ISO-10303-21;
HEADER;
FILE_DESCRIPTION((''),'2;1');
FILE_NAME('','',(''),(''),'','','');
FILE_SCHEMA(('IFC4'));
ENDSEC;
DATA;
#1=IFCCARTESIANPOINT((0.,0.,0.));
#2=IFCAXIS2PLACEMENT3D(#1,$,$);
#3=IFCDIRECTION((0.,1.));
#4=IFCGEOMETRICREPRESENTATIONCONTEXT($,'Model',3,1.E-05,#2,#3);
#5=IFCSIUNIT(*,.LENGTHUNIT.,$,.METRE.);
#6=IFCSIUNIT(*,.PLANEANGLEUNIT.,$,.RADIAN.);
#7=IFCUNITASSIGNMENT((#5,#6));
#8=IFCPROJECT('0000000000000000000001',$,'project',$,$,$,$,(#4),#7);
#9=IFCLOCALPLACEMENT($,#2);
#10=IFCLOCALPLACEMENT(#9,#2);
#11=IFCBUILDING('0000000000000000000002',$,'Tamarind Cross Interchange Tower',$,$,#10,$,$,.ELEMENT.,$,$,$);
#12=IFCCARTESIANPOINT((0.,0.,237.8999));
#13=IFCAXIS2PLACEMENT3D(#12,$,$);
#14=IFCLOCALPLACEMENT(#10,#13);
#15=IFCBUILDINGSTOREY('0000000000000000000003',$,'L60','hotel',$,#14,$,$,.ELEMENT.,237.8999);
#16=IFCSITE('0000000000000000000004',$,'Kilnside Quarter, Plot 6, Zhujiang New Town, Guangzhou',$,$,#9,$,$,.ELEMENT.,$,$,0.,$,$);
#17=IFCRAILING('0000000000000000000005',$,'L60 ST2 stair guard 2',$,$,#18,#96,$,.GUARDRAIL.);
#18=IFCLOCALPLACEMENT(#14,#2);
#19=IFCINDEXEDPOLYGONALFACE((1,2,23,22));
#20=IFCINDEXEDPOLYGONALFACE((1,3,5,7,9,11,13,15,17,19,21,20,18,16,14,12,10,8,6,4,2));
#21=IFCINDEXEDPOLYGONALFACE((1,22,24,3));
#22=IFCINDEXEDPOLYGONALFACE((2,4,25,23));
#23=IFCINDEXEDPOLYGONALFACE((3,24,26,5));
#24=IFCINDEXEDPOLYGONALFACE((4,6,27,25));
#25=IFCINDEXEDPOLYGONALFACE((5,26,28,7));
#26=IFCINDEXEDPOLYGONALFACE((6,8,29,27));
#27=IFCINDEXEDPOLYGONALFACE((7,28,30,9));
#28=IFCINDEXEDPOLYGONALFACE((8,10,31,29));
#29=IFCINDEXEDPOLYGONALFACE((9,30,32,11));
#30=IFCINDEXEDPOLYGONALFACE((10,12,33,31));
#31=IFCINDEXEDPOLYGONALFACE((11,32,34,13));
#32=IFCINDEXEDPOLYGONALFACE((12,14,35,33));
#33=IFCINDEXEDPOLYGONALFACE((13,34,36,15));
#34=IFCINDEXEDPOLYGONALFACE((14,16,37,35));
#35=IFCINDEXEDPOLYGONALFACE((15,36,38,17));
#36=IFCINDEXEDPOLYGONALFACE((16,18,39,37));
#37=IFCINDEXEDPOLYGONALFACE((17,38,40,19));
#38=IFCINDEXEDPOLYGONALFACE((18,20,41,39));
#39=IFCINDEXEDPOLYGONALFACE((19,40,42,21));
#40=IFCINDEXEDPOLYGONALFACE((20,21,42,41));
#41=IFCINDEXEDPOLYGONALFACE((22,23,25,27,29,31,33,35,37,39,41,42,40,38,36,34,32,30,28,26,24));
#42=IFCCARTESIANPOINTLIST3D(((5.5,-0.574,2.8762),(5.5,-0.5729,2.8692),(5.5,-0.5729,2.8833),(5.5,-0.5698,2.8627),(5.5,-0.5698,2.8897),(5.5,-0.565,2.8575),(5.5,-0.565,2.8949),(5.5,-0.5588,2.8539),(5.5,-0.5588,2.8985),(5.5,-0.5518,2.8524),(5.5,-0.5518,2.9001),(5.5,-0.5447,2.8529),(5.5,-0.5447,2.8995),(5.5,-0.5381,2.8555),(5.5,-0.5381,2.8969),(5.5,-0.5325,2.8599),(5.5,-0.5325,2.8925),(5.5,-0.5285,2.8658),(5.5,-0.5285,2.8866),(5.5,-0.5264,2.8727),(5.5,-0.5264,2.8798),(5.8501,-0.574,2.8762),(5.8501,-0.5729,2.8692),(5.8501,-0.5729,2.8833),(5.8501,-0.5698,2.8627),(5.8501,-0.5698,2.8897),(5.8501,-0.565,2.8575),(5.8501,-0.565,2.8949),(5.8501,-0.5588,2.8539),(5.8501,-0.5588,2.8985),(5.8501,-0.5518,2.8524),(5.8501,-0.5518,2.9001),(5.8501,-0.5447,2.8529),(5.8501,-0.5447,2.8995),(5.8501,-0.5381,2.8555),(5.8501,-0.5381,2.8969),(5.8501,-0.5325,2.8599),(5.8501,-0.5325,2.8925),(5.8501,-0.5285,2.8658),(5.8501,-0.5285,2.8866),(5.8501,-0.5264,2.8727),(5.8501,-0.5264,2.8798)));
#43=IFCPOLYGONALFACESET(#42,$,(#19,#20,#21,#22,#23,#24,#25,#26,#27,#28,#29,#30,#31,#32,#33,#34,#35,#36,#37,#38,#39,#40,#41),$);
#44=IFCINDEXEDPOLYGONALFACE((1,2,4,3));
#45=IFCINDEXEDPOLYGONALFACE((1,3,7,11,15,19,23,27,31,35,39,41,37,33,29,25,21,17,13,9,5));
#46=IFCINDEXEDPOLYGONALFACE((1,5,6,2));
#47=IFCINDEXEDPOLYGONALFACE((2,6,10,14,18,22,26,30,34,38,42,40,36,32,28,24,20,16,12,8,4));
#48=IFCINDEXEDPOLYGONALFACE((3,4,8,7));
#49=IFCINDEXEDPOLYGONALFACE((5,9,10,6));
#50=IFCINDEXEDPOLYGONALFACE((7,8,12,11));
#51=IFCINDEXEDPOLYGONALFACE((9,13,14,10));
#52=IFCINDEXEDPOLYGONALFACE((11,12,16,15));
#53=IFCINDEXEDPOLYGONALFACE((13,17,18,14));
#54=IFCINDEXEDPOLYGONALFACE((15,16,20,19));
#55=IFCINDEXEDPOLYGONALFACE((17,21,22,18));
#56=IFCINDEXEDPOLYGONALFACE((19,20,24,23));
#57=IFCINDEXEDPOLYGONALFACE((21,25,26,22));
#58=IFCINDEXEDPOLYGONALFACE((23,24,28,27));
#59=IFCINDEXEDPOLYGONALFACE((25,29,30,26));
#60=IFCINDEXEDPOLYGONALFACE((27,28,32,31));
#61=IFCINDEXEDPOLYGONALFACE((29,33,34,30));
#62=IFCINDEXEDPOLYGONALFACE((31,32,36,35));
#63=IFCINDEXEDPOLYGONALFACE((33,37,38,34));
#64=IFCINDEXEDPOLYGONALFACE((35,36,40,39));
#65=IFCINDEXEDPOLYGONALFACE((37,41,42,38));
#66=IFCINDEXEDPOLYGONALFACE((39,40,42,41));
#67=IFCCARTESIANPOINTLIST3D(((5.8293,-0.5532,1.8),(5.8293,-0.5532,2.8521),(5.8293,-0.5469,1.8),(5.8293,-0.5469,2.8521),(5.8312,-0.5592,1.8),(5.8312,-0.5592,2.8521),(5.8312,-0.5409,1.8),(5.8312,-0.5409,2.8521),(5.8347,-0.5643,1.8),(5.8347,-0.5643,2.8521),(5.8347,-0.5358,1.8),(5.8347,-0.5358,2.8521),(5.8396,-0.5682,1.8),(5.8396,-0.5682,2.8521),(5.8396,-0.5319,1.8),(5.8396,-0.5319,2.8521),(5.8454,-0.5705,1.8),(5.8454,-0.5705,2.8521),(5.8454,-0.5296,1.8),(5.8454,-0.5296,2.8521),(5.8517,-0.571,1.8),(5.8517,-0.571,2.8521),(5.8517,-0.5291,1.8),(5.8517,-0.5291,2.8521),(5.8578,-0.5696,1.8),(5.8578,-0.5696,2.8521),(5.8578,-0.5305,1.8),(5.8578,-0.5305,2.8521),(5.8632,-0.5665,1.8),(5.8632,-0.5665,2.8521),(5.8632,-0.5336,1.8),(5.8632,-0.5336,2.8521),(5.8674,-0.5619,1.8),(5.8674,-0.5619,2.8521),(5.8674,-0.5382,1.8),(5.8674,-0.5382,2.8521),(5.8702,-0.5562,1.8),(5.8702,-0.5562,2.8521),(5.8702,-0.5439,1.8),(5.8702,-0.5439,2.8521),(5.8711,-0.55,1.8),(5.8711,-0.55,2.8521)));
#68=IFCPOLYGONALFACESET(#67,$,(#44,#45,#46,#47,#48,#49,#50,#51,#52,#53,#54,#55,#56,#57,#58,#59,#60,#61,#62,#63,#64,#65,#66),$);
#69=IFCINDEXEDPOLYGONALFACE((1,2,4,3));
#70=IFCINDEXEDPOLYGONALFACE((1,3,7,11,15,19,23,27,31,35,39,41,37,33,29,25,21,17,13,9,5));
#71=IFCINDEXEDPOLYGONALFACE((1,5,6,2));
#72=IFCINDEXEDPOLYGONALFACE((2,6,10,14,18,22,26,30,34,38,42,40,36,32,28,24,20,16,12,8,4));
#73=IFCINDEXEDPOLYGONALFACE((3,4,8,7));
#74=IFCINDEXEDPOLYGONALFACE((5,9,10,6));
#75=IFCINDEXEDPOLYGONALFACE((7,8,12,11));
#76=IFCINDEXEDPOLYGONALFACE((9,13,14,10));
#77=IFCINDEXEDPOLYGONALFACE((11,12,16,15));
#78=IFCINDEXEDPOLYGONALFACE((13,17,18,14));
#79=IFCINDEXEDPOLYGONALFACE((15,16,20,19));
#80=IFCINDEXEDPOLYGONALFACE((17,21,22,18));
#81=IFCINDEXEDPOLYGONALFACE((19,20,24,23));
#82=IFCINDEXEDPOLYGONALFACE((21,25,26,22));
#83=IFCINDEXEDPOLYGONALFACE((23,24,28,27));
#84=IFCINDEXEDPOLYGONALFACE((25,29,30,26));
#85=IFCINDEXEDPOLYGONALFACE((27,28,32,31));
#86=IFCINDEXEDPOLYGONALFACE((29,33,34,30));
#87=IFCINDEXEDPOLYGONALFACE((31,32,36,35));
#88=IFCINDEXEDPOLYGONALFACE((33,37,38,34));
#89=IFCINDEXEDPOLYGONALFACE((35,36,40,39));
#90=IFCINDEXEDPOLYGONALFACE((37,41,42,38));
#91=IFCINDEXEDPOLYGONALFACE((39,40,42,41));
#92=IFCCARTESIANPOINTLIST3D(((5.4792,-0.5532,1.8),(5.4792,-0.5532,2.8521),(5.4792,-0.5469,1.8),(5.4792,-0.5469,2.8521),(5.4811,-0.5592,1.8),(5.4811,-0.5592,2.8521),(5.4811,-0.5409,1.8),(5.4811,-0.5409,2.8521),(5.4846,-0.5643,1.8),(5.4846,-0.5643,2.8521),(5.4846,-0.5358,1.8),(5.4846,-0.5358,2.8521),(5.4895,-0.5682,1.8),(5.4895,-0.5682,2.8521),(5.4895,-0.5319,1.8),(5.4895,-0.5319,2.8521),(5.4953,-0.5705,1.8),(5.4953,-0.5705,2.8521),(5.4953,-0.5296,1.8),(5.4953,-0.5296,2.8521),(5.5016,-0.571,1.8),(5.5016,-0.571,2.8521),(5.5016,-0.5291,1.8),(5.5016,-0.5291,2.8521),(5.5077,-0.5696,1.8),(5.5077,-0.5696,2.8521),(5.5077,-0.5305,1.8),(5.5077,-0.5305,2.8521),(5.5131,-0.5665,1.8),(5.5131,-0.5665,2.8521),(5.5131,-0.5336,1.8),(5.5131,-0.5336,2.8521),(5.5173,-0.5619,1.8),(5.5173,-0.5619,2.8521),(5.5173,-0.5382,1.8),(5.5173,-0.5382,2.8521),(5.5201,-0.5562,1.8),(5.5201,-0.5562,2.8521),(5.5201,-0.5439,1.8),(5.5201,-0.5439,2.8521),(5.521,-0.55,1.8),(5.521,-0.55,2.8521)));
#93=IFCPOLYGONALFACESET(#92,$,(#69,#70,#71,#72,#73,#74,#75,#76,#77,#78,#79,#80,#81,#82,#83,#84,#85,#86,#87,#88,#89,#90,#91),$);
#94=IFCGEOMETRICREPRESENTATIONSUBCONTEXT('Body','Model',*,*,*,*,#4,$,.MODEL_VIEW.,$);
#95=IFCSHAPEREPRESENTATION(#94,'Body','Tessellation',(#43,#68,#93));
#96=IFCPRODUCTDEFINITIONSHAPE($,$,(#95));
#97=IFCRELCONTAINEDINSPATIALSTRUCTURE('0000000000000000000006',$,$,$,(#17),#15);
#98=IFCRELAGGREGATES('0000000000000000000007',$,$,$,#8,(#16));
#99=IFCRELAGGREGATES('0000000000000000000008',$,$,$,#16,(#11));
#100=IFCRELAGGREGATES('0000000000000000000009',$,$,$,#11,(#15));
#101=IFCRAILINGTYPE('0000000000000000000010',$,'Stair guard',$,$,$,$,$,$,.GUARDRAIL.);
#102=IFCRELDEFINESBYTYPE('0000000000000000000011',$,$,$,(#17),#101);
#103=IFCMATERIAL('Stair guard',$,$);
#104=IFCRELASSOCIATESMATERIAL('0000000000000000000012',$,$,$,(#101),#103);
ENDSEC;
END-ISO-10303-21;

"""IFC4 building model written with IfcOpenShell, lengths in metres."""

from ifc_helpers import new_model, si_unit, direction, frame, origin, origin_2d, place, context, subcontext, project, spatial, circle, extrude, material, type_object, element, save


model = new_model("IFC4")

# Units and contexts
model_context = context("Model", 3, precision=1e-05, world=origin(), true_north=direction((0.0, 1.0)))
body_context = subcontext(model_context, "Body", "Model", "MODEL_VIEW")
ifc_project = project(units=[si_unit("LENGTHUNIT", "METRE"), si_unit("PLANEANGLEUNIT", "RADIAN")], contexts=[model_context])

# Site, building, storey
site_placement = place(None, origin())
site = spatial("IfcSite", under=ifc_project, at=site_placement, Name="Kilnside Quarter, Plot 6, Zhujiang New Town, Guangzhou", CompositionType="ELEMENT", RefElevation=0.0)
building_placement = place(site_placement, origin())
building = spatial("IfcBuilding", under=site, at=building_placement, Name="Tamarind Cross Interchange Tower", CompositionType="ELEMENT")
storey_placement = place(building_placement, frame((0.0, 0.0, 237.8999)))
storey = spatial("IfcBuildingStorey", under=building, at=storey_placement, Name="L60", Description="hotel", CompositionType="ELEMENT", Elevation=237.8999)

# Railing
ifc_material_1 = material(Name="Stair guard")
railing_type_1 = type_object("IfcRailingType", Name="Stair guard", PredefinedType="GUARDRAIL", material=ifc_material_1)
railing_1_placement = place(storey_placement, frame((5.8501, -0.55, 1.8)))
element("IfcRailing", 1, at=railing_1_placement, inside=storey, type_object=railing_type_1, Name="L60 ST2 stair guard 2", PredefinedType="GUARDRAIL", context=body_context, shape_type="SweptSolid", body=[
    extrude(circle(Radius=0.0239, at=origin_2d()), frame((0.0, 0.0, 1.0762), z_axis=(-1.0, 0.0, 0.0), x_axis=(0.0, -1.0, 0.0)), (0.0, 0.0, 1.0), 0.3501),
    extrude(circle(Radius=0.021, at=origin_2d()), origin(), (0.0, 0.0, 1.0), 1.052),
    extrude(circle(Radius=0.021, at=origin_2d()), frame((-0.3501, 0.0, 0.0)), (0.0, 0.0, 1.0), 1.052),
])

save(model, "model.ifc")
